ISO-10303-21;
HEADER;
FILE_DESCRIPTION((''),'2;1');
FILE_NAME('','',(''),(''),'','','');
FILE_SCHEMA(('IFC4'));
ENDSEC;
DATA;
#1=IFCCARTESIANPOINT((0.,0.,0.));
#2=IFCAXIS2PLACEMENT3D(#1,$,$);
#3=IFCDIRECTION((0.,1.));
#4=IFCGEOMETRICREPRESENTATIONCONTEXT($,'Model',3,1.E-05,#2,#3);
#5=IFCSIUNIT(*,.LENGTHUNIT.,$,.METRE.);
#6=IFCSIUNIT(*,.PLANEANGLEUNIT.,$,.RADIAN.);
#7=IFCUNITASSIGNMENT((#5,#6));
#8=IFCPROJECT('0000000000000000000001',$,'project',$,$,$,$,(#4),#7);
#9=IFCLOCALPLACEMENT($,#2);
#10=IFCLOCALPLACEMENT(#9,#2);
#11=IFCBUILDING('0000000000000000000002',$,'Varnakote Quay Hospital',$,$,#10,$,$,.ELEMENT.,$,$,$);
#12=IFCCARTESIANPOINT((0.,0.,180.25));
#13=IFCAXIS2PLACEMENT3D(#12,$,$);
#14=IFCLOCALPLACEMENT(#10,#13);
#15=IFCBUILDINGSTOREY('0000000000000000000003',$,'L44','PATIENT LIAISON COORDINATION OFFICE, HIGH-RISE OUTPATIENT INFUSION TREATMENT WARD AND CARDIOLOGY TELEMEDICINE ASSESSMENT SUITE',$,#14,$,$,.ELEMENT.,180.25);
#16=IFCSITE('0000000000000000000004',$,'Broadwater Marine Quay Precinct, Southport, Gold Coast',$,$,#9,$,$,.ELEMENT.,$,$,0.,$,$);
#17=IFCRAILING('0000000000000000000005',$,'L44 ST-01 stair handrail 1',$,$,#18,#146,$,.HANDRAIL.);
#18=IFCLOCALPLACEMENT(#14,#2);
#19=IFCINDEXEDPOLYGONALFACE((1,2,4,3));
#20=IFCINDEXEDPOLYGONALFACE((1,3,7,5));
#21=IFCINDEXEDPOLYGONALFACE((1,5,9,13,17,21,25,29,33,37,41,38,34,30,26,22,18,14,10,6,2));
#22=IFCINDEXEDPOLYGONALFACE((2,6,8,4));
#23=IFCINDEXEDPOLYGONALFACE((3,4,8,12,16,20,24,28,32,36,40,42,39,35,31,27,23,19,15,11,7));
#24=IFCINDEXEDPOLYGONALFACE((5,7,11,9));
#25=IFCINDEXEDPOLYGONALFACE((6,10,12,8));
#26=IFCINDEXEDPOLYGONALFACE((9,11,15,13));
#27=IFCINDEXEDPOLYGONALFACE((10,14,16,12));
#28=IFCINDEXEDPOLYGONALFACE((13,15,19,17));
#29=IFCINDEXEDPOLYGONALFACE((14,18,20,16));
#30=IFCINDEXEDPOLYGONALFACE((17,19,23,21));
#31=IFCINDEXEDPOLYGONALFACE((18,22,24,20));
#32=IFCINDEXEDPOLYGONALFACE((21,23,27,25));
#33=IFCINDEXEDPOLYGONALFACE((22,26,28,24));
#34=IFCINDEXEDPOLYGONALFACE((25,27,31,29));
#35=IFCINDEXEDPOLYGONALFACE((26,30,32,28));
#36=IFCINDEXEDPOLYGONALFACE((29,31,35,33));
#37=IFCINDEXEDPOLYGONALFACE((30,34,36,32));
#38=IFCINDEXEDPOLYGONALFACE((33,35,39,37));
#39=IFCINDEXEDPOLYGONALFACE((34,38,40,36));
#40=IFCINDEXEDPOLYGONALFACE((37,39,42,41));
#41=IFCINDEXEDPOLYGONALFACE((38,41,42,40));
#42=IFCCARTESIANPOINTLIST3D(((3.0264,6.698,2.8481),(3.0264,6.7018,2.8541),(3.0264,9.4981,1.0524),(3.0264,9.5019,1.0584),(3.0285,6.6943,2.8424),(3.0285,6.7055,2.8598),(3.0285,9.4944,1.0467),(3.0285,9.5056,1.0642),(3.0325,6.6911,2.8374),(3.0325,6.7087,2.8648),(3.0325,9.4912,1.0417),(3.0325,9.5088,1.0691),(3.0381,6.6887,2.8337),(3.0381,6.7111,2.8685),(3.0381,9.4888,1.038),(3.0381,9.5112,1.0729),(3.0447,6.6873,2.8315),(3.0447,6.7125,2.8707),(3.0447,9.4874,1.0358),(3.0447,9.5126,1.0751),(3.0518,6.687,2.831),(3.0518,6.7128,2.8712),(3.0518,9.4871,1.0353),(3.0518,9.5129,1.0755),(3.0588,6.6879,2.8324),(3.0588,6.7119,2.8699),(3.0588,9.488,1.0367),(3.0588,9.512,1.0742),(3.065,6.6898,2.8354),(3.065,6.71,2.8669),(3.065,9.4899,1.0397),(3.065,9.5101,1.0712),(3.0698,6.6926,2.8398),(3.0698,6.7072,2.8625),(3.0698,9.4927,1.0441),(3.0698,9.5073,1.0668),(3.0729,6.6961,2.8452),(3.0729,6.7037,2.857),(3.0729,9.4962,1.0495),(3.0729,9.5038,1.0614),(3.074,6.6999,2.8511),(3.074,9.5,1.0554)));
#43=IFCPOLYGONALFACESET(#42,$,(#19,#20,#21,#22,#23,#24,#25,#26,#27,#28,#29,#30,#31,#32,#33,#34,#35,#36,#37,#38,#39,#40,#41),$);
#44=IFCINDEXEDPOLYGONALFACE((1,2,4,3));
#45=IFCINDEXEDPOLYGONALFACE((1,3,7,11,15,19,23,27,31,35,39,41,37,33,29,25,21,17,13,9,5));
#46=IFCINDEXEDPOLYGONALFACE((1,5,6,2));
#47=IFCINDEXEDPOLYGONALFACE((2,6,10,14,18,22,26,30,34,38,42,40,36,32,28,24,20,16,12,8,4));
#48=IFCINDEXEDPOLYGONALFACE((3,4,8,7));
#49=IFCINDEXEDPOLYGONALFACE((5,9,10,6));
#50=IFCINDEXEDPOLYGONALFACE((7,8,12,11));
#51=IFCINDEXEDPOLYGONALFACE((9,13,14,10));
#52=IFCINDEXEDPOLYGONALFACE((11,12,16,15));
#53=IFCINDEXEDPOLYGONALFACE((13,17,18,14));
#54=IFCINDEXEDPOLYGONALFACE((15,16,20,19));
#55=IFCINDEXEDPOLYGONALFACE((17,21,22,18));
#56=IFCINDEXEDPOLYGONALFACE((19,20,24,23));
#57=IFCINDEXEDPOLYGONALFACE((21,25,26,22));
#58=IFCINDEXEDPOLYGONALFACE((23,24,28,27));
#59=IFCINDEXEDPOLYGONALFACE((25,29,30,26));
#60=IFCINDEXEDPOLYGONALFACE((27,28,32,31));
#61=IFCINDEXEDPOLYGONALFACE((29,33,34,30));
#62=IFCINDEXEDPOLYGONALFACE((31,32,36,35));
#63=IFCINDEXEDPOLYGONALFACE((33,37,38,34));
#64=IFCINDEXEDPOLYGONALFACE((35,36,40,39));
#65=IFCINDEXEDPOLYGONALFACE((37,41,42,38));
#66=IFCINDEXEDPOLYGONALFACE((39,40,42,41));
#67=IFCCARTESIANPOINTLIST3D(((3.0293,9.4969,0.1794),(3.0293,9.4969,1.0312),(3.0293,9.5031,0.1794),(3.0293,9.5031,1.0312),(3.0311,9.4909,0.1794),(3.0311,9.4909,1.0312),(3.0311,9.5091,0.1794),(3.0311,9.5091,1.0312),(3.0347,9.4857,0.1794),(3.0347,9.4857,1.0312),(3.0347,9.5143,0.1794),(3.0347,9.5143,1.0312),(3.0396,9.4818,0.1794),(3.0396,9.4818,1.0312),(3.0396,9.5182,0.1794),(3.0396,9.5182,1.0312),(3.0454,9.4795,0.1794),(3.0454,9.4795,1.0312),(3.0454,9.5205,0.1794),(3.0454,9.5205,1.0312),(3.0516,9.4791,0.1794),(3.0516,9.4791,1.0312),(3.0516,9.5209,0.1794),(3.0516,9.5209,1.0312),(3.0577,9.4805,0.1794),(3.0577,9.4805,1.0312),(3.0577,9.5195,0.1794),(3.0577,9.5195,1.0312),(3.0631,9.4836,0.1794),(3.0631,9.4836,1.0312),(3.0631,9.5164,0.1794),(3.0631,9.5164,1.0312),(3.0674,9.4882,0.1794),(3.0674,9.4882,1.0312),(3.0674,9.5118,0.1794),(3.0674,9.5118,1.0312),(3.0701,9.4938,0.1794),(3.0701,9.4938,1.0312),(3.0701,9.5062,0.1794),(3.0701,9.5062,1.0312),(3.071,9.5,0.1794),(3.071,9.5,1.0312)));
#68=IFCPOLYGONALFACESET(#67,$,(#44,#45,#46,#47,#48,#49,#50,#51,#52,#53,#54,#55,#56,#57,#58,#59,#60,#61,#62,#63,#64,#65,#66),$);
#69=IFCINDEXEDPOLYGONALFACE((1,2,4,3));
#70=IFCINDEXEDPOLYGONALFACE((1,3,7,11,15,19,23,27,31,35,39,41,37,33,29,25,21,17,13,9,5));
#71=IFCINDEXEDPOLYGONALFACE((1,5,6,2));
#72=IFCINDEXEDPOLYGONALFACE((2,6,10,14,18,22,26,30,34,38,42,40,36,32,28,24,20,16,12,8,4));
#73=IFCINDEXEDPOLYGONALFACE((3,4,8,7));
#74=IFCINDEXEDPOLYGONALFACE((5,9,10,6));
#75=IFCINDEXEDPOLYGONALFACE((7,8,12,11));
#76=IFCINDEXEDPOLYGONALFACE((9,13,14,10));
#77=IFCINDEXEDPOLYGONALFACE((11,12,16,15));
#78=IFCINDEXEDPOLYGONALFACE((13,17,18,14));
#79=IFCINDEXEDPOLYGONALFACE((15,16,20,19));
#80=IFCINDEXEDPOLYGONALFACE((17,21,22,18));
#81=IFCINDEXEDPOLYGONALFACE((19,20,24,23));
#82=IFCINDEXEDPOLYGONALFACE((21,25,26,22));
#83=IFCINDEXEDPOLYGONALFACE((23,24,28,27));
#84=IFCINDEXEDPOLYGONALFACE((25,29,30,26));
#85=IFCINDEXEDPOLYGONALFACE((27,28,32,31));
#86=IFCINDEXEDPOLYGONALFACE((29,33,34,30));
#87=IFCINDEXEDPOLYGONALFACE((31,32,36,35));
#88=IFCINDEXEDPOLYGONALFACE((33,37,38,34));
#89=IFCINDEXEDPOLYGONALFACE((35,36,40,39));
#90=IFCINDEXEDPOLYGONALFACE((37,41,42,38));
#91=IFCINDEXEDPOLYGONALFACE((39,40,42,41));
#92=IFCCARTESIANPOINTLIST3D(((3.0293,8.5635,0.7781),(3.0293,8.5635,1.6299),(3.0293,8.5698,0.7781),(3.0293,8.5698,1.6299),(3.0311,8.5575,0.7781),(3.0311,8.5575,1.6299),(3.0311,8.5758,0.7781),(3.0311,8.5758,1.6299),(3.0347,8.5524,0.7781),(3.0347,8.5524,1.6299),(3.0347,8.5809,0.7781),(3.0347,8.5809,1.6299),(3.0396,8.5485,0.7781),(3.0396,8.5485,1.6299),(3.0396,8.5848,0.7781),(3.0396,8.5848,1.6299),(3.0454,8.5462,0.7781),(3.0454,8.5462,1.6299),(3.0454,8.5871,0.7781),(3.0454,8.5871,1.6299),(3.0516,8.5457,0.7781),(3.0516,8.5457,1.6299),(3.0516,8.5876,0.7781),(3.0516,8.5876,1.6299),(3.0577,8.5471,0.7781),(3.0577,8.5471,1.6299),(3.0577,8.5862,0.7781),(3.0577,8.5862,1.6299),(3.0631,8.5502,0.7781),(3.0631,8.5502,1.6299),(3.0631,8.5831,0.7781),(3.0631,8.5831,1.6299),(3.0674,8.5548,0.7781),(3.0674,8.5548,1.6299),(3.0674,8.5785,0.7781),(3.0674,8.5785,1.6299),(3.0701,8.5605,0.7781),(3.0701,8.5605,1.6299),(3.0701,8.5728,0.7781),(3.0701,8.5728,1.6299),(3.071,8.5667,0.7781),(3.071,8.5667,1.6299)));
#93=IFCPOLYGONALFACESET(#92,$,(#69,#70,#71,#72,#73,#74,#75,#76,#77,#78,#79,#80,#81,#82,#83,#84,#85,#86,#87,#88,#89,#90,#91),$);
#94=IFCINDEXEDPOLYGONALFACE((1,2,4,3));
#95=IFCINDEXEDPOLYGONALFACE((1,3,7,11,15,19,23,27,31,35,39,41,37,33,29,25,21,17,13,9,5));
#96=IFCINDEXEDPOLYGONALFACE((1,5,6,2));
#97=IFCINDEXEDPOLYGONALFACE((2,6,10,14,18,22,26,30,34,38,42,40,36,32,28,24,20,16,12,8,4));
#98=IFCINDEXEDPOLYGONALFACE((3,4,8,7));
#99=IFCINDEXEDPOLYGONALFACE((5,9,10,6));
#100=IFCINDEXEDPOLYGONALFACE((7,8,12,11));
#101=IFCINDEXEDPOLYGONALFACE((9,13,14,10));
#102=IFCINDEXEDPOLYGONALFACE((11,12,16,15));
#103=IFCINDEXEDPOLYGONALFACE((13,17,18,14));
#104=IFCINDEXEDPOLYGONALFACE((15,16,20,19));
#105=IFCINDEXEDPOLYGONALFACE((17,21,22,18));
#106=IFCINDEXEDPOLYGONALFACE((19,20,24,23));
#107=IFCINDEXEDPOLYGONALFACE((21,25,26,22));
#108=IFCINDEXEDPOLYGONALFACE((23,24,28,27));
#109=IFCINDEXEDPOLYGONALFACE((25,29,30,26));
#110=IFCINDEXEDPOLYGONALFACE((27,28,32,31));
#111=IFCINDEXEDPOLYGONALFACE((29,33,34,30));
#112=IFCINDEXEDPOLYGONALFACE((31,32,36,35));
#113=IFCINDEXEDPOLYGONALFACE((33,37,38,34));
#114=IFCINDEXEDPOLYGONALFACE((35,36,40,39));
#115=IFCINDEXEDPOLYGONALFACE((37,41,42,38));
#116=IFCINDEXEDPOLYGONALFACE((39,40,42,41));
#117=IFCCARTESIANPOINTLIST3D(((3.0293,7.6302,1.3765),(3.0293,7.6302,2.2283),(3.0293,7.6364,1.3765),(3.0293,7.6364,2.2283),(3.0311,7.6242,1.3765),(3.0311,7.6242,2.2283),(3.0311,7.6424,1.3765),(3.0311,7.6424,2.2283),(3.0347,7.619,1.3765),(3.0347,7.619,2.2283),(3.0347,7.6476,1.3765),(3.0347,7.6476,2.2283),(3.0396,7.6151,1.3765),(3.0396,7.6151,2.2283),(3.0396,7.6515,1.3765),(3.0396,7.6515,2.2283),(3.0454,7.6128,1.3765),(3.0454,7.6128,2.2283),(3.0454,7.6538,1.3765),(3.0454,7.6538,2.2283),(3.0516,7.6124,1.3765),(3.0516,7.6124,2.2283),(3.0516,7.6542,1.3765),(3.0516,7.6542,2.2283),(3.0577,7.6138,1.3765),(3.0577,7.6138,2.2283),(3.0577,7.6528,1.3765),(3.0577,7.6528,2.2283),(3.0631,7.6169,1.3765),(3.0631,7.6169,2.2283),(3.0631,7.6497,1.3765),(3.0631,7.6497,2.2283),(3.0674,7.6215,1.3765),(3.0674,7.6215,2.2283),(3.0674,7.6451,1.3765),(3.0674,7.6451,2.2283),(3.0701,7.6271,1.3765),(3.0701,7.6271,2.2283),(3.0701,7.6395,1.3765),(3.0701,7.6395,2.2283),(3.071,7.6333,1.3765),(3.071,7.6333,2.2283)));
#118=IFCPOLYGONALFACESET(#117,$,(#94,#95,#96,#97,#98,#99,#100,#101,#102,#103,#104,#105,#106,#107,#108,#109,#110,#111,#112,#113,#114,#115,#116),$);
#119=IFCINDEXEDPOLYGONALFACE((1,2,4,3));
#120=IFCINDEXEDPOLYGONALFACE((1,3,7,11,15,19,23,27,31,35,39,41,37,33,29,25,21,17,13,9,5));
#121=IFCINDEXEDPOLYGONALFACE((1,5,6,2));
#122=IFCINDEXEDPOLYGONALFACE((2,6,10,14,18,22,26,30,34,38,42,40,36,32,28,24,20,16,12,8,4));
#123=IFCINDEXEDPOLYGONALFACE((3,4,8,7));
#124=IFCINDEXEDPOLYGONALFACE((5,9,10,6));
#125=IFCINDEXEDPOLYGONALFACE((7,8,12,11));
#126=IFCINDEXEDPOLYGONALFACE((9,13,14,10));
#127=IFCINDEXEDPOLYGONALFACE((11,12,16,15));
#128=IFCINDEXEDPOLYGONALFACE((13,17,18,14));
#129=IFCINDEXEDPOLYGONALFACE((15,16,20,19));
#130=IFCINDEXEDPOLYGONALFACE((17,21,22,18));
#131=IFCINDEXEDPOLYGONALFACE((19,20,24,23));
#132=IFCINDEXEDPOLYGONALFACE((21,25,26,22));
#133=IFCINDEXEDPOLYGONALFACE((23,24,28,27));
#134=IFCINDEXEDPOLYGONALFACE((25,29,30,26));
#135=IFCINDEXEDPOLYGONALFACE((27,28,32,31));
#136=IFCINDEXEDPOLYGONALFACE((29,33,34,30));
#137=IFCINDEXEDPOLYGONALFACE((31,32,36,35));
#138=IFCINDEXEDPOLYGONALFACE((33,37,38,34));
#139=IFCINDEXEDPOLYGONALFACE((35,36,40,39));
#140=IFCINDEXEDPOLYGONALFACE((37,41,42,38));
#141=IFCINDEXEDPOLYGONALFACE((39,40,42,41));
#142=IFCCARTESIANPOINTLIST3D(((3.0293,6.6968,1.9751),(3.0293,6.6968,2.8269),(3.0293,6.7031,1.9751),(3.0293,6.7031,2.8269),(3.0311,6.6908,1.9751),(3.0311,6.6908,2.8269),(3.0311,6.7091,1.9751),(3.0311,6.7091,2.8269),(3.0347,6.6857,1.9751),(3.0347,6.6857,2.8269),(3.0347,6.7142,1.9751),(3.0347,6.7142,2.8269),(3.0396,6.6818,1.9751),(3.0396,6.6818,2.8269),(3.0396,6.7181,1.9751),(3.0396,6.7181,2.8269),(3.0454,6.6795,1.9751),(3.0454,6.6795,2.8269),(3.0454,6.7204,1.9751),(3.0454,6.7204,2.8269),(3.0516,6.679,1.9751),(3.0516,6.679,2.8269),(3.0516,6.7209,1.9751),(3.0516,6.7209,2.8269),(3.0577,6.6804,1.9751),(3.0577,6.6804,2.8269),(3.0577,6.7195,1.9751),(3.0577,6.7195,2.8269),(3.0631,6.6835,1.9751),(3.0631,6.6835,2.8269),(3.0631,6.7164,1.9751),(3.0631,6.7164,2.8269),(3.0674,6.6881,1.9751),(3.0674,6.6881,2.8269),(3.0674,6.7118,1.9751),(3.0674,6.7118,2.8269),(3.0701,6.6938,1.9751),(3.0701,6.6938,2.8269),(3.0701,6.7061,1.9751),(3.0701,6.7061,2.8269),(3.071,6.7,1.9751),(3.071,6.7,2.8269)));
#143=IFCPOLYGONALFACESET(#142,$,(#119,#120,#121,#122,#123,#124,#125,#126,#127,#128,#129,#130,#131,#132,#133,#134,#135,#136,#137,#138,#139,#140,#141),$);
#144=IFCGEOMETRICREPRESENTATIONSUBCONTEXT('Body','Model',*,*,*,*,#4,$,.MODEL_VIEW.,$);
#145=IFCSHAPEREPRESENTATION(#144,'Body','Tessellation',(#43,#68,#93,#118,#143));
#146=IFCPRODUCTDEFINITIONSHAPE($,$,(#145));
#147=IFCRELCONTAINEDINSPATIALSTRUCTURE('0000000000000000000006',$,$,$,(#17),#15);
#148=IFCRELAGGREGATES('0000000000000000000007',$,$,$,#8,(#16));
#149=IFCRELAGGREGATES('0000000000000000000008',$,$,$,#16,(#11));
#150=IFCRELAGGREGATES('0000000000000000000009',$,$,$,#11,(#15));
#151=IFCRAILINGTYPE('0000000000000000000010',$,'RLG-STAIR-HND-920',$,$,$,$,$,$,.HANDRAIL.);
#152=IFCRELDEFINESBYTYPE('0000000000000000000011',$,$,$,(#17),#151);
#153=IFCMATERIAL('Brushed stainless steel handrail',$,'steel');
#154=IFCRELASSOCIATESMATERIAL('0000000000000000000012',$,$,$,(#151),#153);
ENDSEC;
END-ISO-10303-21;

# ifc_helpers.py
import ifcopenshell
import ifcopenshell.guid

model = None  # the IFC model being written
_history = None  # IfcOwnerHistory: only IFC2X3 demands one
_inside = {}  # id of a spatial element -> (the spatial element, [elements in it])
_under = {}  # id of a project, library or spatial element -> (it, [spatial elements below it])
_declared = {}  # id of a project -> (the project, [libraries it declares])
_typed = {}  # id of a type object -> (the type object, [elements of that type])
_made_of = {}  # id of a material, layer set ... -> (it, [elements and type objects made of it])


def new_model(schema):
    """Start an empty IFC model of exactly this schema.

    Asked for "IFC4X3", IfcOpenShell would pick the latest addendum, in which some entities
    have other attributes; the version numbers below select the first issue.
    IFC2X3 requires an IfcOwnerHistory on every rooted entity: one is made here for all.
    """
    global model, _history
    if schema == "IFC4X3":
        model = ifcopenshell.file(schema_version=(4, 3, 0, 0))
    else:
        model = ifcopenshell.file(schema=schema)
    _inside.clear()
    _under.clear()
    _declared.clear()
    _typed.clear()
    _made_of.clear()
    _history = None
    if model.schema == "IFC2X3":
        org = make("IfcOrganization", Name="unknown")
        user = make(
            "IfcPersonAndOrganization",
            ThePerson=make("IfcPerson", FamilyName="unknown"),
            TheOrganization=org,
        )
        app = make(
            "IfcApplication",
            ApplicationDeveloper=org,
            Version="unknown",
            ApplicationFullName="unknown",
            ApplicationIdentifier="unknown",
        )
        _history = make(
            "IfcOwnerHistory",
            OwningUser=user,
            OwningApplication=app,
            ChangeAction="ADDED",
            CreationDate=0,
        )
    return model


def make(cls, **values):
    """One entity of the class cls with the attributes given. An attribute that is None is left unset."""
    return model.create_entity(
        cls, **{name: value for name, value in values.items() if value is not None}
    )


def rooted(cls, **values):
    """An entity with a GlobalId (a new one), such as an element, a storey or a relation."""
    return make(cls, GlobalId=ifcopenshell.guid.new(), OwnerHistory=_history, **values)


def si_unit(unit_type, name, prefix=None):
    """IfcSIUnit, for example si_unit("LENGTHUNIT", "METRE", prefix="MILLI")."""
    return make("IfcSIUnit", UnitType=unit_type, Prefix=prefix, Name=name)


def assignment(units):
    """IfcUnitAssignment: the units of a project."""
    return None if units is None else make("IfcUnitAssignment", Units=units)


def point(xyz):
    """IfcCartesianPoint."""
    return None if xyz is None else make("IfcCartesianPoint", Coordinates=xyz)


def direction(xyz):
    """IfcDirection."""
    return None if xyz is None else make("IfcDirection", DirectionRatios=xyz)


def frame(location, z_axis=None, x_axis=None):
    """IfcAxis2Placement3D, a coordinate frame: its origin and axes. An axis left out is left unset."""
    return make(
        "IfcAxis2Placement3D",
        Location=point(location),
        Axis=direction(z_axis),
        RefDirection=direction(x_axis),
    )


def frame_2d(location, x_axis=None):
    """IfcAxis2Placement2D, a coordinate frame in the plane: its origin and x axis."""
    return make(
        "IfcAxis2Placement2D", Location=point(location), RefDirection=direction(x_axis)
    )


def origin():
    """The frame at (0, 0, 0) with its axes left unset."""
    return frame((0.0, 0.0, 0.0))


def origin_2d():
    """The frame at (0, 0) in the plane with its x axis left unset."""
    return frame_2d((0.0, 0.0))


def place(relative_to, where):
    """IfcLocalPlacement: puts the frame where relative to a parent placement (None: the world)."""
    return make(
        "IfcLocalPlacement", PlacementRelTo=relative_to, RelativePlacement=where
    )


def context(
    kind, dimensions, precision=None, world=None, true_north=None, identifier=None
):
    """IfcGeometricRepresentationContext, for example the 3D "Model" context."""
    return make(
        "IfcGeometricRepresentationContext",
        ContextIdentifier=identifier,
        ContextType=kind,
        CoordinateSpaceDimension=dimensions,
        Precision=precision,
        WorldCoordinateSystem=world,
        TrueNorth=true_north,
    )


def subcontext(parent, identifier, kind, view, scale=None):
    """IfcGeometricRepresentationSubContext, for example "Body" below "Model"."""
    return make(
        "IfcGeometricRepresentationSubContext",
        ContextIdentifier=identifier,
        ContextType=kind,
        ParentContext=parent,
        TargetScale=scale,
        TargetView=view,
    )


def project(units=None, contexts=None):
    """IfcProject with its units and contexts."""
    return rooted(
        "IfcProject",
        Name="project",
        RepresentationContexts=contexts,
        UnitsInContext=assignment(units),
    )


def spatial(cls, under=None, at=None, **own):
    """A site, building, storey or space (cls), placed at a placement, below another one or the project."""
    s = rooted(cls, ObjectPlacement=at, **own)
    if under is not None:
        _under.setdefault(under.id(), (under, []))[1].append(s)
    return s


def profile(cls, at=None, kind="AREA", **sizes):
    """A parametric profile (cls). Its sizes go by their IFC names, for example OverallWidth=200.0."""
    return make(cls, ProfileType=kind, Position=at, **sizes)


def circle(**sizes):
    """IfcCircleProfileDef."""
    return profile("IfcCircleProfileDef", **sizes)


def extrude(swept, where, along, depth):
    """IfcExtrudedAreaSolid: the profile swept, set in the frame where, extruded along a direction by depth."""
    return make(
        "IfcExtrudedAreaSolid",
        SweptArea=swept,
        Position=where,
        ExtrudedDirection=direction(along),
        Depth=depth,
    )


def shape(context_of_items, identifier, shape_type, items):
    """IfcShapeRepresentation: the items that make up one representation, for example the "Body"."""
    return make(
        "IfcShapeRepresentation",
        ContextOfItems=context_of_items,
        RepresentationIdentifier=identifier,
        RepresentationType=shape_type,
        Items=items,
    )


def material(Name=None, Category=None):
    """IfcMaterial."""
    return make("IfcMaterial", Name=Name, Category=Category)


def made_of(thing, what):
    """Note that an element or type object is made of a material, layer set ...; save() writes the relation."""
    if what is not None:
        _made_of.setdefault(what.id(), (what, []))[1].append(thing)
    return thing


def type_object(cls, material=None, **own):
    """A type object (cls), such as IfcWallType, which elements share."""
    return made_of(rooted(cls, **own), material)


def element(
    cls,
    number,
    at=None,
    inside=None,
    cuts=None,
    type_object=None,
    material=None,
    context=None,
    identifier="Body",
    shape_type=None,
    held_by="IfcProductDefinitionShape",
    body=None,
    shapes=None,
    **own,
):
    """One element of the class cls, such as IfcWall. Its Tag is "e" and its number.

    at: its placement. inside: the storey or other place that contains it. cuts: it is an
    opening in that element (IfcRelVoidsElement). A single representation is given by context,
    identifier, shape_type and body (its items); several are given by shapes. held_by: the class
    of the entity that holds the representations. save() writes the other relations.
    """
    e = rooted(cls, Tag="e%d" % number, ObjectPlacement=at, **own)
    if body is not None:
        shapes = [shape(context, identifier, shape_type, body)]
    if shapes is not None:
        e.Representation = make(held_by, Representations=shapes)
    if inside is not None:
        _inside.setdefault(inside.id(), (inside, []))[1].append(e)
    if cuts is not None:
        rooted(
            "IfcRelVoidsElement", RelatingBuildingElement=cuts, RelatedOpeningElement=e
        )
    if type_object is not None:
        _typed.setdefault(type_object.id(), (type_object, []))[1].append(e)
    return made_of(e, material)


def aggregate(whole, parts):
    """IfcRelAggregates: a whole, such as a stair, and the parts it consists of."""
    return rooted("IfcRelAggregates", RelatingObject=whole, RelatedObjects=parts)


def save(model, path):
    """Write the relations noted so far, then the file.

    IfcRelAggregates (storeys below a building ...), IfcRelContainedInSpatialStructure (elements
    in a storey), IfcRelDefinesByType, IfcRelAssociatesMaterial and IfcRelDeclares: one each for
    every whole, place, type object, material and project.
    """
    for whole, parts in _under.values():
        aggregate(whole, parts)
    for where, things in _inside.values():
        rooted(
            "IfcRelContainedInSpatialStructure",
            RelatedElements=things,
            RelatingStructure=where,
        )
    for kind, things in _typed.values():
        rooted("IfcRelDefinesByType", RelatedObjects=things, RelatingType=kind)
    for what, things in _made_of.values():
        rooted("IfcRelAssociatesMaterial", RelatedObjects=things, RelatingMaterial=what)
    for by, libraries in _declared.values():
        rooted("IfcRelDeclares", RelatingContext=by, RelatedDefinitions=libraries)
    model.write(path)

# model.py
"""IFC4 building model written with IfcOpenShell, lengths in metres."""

from ifc_helpers import new_model, si_unit, direction, frame, origin, origin_2d, place, context, subcontext, project, spatial, circle, extrude, material, type_object, element, save


model = new_model("IFC4")

# Units and contexts
model_context = context("Model", 3, precision=1e-05, world=origin(), true_north=direction((0.0, 1.0)))
body_context = subcontext(model_context, "Body", "Model", "MODEL_VIEW")
ifc_project = project(units=[si_unit("LENGTHUNIT", "METRE"), si_unit("PLANEANGLEUNIT", "RADIAN")], contexts=[model_context])

# Site, building, storey
site_placement = place(None, origin())
site = spatial("IfcSite", under=ifc_project, at=site_placement, Name="Broadwater Marine Quay Precinct, Southport, Gold Coast", CompositionType="ELEMENT", RefElevation=0.0)
building_placement = place(site_placement, origin())
building = spatial("IfcBuilding", under=site, at=building_placement, Name="Varnakote Quay Hospital", CompositionType="ELEMENT")
storey_placement = place(building_placement, frame((0.0, 0.0, 180.25)))
storey = spatial("IfcBuildingStorey", under=building, at=storey_placement, Name="L44", Description="PATIENT LIAISON COORDINATION OFFICE, HIGH-RISE OUTPATIENT INFUSION TREATMENT WARD AND CARDIOLOGY TELEMEDICINE ASSESSMENT SUITE", CompositionType="ELEMENT", Elevation=180.25)

# Railing
ifc_material_1 = material(Name="Brushed stainless steel handrail", Category="steel")
railing_type_1 = type_object("IfcRailingType", Name="RLG-STAIR-HND-920", PredefinedType="HANDRAIL", material=ifc_material_1)
railing_1_placement = place(storey_placement, frame((3.05, 9.5, 0.1794)))
element("IfcRailing", 1, at=railing_1_placement, inside=storey, type_object=railing_type_1, Name="L44 ST-01 stair handrail 1", PredefinedType="HANDRAIL", context=body_context, shape_type="SweptSolid", body=[
    extrude(circle(Radius=0.0239, at=origin_2d()), frame((0.0, 0.0, 0.876), z_axis=(0.0, -0.841777, 0.539826), x_axis=(1.0, 0.0, 0.0)), (0.0, 0.0, 1.0), 3.3264),
    extrude(circle(Radius=0.021, at=origin_2d()), origin(), (0.0, 0.0, 1.0), 0.8518),
    extrude(circle(Radius=0.021, at=origin_2d()), frame((0.0, -0.9333, 0.5986)), (0.0, 0.0, 1.0), 0.8518),
    extrude(circle(Radius=0.021, at=origin_2d()), frame((0.0, -1.8667, 1.197)), (0.0, 0.0, 1.0), 0.8518),
    extrude(circle(Radius=0.021, at=origin_2d()), frame((0.0, -2.8, 1.7957)), (0.0, 0.0, 1.0), 0.8518),
])

save(model, "model.ifc")
